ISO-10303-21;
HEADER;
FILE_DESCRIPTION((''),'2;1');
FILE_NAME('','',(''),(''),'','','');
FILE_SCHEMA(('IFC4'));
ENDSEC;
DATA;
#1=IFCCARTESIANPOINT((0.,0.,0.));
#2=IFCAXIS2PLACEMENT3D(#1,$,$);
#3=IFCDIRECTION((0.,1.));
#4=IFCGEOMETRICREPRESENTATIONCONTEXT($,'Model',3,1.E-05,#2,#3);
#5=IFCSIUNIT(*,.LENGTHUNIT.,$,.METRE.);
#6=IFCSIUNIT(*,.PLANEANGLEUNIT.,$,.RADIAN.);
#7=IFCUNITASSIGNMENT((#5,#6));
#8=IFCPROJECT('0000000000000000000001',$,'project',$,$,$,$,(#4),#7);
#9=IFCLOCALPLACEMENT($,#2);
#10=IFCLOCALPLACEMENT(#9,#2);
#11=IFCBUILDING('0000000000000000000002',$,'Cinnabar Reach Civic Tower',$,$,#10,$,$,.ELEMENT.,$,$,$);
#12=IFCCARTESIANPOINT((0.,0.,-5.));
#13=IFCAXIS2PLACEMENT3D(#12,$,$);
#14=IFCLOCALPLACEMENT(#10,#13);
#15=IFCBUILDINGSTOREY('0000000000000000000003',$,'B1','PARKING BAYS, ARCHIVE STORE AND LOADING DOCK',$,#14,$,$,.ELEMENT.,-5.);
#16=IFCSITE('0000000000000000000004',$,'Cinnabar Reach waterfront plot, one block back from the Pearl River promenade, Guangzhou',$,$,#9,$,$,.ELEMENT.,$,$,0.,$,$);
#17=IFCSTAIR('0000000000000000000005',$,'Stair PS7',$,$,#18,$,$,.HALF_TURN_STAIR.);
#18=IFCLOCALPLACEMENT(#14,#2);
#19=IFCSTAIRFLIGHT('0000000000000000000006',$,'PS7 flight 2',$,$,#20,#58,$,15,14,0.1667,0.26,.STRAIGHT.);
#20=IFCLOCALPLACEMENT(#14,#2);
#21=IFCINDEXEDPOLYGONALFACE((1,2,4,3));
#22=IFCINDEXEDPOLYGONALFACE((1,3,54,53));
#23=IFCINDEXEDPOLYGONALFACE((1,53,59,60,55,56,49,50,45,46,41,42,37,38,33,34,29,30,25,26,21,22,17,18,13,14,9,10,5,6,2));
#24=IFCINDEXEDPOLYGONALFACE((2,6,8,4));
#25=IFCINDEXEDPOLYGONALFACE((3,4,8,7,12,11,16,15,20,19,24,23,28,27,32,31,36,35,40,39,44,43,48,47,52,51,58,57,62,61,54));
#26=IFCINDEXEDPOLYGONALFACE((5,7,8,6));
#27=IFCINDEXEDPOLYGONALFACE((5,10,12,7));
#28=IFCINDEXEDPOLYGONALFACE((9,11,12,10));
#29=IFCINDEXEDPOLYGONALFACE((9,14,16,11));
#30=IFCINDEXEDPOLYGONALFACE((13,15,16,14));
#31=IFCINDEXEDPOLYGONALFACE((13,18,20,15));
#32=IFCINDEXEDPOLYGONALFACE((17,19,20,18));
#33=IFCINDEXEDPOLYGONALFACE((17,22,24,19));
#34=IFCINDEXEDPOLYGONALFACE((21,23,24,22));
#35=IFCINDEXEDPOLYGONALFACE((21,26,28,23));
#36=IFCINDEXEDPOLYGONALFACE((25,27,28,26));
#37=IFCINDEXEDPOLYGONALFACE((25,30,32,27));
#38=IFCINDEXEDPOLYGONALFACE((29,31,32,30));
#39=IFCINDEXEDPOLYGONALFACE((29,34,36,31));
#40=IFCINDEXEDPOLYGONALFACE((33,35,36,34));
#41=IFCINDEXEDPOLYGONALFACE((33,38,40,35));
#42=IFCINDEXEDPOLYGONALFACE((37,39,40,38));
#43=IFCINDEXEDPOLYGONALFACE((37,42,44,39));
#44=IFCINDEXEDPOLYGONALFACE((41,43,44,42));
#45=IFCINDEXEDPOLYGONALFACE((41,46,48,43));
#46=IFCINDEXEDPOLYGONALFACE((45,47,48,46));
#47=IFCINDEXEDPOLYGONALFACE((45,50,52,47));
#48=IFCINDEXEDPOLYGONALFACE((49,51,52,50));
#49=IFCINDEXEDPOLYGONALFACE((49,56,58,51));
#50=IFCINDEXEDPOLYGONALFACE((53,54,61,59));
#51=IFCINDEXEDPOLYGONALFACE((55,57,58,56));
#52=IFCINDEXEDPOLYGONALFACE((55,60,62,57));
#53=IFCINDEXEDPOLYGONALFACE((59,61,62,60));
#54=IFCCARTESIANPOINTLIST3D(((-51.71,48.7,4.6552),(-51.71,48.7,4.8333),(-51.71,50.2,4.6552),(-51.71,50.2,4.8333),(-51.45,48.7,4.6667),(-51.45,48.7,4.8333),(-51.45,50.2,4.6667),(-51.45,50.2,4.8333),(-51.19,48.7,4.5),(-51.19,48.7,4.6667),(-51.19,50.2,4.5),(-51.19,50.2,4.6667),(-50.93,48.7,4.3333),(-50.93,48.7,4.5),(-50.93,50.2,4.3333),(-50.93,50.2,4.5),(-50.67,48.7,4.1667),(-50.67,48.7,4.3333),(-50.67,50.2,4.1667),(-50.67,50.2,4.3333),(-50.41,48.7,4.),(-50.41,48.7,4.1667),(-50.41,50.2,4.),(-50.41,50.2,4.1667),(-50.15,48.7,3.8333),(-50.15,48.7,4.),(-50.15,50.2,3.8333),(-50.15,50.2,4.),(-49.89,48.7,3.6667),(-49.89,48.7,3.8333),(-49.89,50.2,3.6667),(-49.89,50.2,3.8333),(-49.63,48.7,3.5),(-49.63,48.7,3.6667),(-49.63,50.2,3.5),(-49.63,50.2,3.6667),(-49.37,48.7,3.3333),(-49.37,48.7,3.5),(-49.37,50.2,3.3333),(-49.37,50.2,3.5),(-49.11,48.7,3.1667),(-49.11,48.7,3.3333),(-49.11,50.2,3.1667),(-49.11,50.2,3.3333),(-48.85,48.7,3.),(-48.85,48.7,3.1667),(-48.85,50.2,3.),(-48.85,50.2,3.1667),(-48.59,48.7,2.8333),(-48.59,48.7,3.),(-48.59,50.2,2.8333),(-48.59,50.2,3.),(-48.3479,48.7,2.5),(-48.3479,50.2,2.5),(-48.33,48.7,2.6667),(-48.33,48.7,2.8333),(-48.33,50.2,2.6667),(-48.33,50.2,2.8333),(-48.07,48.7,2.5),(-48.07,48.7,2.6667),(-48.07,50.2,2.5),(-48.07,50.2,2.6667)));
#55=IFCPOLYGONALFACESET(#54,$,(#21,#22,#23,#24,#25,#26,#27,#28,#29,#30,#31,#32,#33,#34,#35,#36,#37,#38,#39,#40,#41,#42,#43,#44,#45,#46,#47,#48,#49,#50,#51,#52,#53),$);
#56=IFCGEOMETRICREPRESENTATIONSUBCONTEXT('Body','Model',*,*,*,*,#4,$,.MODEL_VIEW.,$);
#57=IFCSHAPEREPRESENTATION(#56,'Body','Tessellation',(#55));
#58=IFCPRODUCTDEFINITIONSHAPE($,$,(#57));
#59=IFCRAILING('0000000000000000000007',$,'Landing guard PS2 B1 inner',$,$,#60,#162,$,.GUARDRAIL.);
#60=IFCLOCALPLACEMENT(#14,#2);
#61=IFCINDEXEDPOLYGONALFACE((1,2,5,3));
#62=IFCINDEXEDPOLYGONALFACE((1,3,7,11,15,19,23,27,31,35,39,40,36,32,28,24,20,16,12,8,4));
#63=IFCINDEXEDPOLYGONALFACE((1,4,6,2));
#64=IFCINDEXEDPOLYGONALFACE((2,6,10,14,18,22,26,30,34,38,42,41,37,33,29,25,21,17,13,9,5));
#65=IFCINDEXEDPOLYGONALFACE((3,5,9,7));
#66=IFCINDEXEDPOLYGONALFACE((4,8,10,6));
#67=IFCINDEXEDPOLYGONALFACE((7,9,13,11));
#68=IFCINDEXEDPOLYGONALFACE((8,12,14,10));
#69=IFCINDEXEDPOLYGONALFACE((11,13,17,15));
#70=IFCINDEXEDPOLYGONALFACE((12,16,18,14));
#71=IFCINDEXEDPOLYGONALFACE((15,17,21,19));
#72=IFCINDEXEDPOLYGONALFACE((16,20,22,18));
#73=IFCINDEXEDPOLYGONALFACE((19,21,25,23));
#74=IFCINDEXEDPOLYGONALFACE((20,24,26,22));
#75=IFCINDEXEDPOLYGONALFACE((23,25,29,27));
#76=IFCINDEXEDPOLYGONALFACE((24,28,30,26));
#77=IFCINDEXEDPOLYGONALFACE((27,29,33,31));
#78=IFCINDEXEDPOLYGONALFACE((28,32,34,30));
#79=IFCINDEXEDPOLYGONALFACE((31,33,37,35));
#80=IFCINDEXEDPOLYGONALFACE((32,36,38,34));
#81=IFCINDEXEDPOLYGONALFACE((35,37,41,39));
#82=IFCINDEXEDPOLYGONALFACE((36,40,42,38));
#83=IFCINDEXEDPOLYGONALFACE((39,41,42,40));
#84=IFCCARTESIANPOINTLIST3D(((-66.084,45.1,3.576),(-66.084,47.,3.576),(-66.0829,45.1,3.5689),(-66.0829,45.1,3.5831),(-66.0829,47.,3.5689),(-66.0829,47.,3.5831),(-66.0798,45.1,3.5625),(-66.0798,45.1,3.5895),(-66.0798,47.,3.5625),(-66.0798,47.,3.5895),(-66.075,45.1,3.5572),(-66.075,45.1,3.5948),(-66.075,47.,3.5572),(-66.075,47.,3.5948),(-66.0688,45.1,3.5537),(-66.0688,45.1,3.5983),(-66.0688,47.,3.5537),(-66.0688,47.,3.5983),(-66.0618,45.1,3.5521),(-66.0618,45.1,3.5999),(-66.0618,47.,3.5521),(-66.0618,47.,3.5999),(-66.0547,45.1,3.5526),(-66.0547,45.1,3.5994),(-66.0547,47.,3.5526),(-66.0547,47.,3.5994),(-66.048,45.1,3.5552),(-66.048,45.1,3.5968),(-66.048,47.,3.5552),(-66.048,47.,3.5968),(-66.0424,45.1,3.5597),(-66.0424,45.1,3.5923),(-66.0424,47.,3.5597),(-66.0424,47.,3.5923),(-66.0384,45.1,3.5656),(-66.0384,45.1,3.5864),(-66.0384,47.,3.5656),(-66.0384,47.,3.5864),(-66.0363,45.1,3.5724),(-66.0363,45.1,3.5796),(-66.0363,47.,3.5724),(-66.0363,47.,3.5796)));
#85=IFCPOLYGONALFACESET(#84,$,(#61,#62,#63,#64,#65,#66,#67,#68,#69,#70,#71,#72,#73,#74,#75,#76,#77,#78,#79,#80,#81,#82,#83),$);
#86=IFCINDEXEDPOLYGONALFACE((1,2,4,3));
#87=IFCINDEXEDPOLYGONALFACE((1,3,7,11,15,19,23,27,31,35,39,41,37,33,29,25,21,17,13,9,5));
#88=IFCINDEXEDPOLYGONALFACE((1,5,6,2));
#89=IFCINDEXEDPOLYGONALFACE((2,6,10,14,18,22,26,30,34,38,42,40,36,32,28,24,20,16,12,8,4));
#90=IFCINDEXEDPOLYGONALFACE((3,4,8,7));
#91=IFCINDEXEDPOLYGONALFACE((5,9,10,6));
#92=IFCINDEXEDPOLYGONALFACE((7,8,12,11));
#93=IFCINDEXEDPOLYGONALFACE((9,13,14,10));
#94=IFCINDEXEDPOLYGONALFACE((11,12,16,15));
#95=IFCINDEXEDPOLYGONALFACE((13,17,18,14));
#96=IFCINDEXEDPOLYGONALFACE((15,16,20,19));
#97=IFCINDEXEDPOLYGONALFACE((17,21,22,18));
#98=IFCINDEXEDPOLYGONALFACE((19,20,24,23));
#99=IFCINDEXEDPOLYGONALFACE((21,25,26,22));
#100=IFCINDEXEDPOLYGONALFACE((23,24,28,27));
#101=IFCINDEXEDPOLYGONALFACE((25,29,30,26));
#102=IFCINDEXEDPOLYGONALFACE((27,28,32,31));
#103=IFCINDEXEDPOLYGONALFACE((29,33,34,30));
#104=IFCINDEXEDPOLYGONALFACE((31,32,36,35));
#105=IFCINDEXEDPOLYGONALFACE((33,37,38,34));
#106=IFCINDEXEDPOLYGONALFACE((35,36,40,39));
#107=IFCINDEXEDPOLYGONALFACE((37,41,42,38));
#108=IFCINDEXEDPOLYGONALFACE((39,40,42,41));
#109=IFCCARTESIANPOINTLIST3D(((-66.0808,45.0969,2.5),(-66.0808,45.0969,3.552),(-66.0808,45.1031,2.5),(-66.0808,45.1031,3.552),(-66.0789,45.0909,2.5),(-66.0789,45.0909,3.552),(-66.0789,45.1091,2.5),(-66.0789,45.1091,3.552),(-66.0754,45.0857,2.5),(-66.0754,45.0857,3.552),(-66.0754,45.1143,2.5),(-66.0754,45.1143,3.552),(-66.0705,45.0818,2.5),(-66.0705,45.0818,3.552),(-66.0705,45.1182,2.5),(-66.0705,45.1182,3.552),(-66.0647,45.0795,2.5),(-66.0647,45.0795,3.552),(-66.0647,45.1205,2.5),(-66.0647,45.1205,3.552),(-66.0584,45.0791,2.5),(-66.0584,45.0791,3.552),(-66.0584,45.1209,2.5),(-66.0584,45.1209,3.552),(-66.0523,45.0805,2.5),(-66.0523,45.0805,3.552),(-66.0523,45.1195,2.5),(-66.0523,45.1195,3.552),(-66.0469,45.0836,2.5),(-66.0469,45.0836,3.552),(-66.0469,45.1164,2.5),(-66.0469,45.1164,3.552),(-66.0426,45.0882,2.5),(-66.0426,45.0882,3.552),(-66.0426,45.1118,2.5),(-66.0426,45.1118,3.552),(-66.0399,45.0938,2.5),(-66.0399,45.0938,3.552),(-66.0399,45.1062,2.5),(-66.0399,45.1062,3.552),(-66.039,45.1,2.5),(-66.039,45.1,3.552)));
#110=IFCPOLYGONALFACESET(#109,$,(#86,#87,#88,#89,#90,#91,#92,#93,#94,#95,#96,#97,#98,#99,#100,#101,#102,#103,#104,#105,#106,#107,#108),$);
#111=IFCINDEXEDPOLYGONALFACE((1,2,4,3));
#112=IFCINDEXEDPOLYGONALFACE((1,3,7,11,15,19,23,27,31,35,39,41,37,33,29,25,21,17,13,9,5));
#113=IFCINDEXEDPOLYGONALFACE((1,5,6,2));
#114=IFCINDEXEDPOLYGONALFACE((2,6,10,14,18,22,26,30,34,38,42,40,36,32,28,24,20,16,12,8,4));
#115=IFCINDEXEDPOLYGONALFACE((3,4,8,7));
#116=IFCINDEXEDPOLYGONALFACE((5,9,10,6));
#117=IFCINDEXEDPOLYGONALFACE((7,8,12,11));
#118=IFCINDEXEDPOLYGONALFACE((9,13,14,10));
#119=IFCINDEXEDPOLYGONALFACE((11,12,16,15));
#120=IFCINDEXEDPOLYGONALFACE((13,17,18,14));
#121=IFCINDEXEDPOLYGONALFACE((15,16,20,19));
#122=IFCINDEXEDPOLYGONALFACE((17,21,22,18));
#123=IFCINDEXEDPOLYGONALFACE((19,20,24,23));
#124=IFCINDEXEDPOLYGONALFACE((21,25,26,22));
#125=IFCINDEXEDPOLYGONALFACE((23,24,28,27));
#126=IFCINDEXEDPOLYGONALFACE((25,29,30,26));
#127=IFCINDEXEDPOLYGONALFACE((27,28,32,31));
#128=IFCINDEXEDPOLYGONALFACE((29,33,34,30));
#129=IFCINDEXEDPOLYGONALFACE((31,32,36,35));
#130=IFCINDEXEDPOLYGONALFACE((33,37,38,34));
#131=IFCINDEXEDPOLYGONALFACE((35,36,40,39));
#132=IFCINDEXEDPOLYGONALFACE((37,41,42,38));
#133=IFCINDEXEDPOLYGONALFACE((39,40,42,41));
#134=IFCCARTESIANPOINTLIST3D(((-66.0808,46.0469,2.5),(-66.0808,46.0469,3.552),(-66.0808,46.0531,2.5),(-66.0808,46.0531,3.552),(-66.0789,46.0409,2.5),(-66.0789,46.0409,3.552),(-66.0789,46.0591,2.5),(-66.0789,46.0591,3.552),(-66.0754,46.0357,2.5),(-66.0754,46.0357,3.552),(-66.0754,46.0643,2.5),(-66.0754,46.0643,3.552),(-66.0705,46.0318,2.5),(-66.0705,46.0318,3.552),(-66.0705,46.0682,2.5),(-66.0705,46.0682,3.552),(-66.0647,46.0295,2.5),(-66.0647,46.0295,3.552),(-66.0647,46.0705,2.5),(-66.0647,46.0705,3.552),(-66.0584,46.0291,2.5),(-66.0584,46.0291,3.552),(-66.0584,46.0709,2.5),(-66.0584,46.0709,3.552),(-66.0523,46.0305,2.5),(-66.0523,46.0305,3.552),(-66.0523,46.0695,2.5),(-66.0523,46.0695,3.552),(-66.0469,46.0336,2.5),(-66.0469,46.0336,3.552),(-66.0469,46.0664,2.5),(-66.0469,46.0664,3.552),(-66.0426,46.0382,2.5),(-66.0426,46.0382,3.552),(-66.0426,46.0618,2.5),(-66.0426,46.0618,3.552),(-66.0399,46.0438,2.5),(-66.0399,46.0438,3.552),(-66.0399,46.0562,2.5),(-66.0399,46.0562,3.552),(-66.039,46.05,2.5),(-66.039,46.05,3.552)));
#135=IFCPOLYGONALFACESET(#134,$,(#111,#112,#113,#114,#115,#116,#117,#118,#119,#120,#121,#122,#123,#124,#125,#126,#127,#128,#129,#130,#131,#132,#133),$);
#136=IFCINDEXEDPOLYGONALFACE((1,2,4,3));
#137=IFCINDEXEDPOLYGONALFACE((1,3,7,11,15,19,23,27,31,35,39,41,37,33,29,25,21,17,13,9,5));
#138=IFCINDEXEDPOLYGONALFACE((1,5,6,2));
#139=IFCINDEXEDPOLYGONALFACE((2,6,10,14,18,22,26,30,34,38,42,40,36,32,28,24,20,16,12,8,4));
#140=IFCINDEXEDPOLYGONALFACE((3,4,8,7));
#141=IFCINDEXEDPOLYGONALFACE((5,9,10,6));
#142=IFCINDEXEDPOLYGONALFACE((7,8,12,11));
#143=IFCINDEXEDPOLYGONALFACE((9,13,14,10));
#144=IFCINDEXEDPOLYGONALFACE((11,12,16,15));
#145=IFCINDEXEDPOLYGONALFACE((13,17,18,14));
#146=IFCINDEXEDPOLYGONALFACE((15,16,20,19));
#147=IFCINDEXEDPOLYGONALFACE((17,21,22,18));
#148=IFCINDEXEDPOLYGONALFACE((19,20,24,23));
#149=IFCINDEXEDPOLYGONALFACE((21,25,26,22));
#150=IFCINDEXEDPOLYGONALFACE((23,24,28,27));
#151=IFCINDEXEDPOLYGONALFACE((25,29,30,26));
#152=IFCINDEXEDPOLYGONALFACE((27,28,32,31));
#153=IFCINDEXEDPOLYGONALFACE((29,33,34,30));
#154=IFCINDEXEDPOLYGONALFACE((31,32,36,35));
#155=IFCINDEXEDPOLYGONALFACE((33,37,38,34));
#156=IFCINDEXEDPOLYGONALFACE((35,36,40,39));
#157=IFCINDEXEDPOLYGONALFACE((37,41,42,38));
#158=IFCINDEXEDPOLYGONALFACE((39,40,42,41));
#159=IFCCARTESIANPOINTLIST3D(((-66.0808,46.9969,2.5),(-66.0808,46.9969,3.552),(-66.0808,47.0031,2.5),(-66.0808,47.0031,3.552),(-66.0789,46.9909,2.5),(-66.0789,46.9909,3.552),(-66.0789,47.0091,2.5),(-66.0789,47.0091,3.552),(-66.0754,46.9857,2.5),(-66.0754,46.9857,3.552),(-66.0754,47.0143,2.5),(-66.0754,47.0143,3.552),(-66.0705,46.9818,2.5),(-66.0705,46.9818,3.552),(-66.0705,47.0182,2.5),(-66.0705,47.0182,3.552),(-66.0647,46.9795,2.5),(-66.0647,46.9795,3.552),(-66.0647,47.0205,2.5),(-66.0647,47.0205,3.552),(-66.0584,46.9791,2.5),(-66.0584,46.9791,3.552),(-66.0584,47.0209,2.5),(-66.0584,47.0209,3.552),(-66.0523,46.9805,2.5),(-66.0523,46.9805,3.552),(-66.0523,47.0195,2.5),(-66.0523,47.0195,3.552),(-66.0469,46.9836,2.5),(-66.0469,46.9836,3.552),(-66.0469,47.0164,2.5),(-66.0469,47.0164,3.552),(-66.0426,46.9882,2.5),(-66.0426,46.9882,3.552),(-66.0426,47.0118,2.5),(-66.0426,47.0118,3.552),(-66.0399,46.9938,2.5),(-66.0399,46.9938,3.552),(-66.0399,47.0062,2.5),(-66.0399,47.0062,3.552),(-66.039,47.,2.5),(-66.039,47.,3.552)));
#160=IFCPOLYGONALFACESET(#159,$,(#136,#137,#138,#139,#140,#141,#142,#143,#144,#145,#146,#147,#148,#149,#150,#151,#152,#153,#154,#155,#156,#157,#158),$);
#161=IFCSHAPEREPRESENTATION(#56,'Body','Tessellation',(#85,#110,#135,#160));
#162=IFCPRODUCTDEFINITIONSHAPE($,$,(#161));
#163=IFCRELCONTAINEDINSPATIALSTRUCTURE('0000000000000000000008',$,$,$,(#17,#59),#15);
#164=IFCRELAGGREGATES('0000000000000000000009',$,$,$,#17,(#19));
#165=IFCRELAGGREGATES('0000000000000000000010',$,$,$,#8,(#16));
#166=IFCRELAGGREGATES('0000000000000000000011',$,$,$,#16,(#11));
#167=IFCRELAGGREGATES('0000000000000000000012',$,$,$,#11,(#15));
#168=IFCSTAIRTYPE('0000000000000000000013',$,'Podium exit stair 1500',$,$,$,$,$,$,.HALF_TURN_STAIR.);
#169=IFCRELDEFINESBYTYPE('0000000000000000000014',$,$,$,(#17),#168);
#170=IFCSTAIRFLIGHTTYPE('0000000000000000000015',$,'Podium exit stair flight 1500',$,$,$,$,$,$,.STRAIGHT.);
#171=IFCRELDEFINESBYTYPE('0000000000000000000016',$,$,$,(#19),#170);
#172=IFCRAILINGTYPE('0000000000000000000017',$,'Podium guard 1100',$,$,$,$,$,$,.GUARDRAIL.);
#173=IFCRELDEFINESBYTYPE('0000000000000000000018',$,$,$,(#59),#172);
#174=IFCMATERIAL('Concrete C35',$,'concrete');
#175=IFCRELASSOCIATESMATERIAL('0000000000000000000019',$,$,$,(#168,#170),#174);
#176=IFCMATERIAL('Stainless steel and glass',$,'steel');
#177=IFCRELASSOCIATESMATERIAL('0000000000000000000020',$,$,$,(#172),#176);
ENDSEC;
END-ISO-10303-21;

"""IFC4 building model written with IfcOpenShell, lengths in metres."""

from ifc_helpers import new_model, si_unit, direction, frame, origin, origin_2d, place, context, subcontext, project, spatial, polyline, circle, outline, extrude, material, type_object, element, aggregate, save


model = new_model("IFC4")

# Units and contexts
model_context = context("Model", 3, precision=1e-05, world=origin(), true_north=direction((0.0, 1.0)))
body_context = subcontext(model_context, "Body", "Model", "MODEL_VIEW")
ifc_project = project(units=[si_unit("LENGTHUNIT", "METRE"), si_unit("PLANEANGLEUNIT", "RADIAN")], contexts=[model_context])

# Site, building, storey
site_placement = place(None, origin())
site = spatial("IfcSite", under=ifc_project, at=site_placement, Name="Cinnabar Reach waterfront plot, one block back from the Pearl River promenade, Guangzhou", CompositionType="ELEMENT", RefElevation=0.0)
building_placement = place(site_placement, origin())
building = spatial("IfcBuilding", under=site, at=building_placement, Name="Cinnabar Reach Civic Tower", CompositionType="ELEMENT")
storey_placement = place(building_placement, frame((0.0, 0.0, -5.0)))
storey = spatial("IfcBuildingStorey", under=building, at=storey_placement, Name="B1", Description="PARKING BAYS, ARCHIVE STORE AND LOADING DOCK", CompositionType="ELEMENT", Elevation=-5.0)

# Stair, stair flight
ifc_material_1 = material(Name="Concrete C35", Category="concrete")
stair_type = type_object("IfcStairType", Name="Podium exit stair 1500", PredefinedType="HALF_TURN_STAIR", material=ifc_material_1)
stair_placement = place(storey_placement, origin())
stair = element("IfcStair", 1, at=stair_placement, inside=storey, type_object=stair_type, Name="Stair PS7", PredefinedType="HALF_TURN_STAIR")
stair_flight_type = type_object("IfcStairFlightType", Name="Podium exit stair flight 1500", PredefinedType="STRAIGHT", material=ifc_material_1)
stair_flight_1_placement = place(storey_placement, frame((-48.07, 49.45, 2.5), z_axis=(0.0, 0.0, 1.0), x_axis=(-1.0, 0.0, 0.0)))
stair_flight_1 = element("IfcStairFlight", 2, at=stair_flight_1_placement, type_object=stair_flight_type, Name="PS7 flight 2", NumberOfRisers=15, NumberOfTreads=14, PredefinedType="STRAIGHT", RiserHeight=0.1667, TreadLength=0.26, context=body_context, shape_type="SweptSolid", body=[
    extrude(outline(polyline([(0.0, 0.0), (0.0, 0.1667), (0.26, 0.1667), (0.26, 0.3333), (0.52, 0.3333), (0.52, 0.5), (0.78, 0.5), (0.78, 0.6667), (1.04, 0.6667), (1.04, 0.8333), (1.3, 0.8333), (1.3, 1.0), (1.56, 1.0), (1.56, 1.1667), (1.82, 1.1667), (1.82, 1.3333), (2.08, 1.3333), (2.08, 1.5), (2.34, 1.5), (2.34, 1.6667), (2.6, 1.6667), (2.6, 1.8333), (2.86, 1.8333), (2.86, 2.0), (3.12, 2.0), (3.12, 2.1667), (3.38, 2.1667), (3.38, 2.3333), (3.64, 2.3333), (3.64, 2.5), (3.64, 2.1552), (0.2779, 0.0), (0.0, 0.0)])), frame((0.0, 0.75, 0.0), z_axis=(0.0, -1.0, 0.0), x_axis=(1.0, 0.0, 0.0)), (0.0, 0.0, 1.0), 1.5),
])
aggregate(stair, [stair_flight_1])

# Railing
ifc_material_2 = material(Name="Stainless steel and glass", Category="steel")
railing_type_1 = type_object("IfcRailingType", Name="Podium guard 1100", PredefinedType="GUARDRAIL", material=ifc_material_2)
railing_1_placement = place(storey_placement, frame((-66.06, 45.1, 2.5)))
element("IfcRailing", 3, at=railing_1_placement, inside=storey, type_object=railing_type_1, Name="Landing guard PS2 B1 inner", PredefinedType="GUARDRAIL", context=body_context, shape_type="SweptSolid", body=[
    extrude(circle(Radius=0.024, at=origin_2d()), frame((0.0, 0.0, 1.076), z_axis=(0.0, 1.0, 0.0), x_axis=(-1.0, 0.0, 0.0)), (0.0, 0.0, 1.0), 1.9),
    extrude(circle(Radius=0.021, at=origin_2d()), origin(), (0.0, 0.0, 1.0), 1.052),
    extrude(circle(Radius=0.021, at=origin_2d()), frame((0.0, 0.95, 0.0)), (0.0, 0.0, 1.0), 1.052),
    extrude(circle(Radius=0.021, at=origin_2d()), frame((0.0, 1.9, 0.0)), (0.0, 0.0, 1.0), 1.052),
])

save(model, "model.ifc")
